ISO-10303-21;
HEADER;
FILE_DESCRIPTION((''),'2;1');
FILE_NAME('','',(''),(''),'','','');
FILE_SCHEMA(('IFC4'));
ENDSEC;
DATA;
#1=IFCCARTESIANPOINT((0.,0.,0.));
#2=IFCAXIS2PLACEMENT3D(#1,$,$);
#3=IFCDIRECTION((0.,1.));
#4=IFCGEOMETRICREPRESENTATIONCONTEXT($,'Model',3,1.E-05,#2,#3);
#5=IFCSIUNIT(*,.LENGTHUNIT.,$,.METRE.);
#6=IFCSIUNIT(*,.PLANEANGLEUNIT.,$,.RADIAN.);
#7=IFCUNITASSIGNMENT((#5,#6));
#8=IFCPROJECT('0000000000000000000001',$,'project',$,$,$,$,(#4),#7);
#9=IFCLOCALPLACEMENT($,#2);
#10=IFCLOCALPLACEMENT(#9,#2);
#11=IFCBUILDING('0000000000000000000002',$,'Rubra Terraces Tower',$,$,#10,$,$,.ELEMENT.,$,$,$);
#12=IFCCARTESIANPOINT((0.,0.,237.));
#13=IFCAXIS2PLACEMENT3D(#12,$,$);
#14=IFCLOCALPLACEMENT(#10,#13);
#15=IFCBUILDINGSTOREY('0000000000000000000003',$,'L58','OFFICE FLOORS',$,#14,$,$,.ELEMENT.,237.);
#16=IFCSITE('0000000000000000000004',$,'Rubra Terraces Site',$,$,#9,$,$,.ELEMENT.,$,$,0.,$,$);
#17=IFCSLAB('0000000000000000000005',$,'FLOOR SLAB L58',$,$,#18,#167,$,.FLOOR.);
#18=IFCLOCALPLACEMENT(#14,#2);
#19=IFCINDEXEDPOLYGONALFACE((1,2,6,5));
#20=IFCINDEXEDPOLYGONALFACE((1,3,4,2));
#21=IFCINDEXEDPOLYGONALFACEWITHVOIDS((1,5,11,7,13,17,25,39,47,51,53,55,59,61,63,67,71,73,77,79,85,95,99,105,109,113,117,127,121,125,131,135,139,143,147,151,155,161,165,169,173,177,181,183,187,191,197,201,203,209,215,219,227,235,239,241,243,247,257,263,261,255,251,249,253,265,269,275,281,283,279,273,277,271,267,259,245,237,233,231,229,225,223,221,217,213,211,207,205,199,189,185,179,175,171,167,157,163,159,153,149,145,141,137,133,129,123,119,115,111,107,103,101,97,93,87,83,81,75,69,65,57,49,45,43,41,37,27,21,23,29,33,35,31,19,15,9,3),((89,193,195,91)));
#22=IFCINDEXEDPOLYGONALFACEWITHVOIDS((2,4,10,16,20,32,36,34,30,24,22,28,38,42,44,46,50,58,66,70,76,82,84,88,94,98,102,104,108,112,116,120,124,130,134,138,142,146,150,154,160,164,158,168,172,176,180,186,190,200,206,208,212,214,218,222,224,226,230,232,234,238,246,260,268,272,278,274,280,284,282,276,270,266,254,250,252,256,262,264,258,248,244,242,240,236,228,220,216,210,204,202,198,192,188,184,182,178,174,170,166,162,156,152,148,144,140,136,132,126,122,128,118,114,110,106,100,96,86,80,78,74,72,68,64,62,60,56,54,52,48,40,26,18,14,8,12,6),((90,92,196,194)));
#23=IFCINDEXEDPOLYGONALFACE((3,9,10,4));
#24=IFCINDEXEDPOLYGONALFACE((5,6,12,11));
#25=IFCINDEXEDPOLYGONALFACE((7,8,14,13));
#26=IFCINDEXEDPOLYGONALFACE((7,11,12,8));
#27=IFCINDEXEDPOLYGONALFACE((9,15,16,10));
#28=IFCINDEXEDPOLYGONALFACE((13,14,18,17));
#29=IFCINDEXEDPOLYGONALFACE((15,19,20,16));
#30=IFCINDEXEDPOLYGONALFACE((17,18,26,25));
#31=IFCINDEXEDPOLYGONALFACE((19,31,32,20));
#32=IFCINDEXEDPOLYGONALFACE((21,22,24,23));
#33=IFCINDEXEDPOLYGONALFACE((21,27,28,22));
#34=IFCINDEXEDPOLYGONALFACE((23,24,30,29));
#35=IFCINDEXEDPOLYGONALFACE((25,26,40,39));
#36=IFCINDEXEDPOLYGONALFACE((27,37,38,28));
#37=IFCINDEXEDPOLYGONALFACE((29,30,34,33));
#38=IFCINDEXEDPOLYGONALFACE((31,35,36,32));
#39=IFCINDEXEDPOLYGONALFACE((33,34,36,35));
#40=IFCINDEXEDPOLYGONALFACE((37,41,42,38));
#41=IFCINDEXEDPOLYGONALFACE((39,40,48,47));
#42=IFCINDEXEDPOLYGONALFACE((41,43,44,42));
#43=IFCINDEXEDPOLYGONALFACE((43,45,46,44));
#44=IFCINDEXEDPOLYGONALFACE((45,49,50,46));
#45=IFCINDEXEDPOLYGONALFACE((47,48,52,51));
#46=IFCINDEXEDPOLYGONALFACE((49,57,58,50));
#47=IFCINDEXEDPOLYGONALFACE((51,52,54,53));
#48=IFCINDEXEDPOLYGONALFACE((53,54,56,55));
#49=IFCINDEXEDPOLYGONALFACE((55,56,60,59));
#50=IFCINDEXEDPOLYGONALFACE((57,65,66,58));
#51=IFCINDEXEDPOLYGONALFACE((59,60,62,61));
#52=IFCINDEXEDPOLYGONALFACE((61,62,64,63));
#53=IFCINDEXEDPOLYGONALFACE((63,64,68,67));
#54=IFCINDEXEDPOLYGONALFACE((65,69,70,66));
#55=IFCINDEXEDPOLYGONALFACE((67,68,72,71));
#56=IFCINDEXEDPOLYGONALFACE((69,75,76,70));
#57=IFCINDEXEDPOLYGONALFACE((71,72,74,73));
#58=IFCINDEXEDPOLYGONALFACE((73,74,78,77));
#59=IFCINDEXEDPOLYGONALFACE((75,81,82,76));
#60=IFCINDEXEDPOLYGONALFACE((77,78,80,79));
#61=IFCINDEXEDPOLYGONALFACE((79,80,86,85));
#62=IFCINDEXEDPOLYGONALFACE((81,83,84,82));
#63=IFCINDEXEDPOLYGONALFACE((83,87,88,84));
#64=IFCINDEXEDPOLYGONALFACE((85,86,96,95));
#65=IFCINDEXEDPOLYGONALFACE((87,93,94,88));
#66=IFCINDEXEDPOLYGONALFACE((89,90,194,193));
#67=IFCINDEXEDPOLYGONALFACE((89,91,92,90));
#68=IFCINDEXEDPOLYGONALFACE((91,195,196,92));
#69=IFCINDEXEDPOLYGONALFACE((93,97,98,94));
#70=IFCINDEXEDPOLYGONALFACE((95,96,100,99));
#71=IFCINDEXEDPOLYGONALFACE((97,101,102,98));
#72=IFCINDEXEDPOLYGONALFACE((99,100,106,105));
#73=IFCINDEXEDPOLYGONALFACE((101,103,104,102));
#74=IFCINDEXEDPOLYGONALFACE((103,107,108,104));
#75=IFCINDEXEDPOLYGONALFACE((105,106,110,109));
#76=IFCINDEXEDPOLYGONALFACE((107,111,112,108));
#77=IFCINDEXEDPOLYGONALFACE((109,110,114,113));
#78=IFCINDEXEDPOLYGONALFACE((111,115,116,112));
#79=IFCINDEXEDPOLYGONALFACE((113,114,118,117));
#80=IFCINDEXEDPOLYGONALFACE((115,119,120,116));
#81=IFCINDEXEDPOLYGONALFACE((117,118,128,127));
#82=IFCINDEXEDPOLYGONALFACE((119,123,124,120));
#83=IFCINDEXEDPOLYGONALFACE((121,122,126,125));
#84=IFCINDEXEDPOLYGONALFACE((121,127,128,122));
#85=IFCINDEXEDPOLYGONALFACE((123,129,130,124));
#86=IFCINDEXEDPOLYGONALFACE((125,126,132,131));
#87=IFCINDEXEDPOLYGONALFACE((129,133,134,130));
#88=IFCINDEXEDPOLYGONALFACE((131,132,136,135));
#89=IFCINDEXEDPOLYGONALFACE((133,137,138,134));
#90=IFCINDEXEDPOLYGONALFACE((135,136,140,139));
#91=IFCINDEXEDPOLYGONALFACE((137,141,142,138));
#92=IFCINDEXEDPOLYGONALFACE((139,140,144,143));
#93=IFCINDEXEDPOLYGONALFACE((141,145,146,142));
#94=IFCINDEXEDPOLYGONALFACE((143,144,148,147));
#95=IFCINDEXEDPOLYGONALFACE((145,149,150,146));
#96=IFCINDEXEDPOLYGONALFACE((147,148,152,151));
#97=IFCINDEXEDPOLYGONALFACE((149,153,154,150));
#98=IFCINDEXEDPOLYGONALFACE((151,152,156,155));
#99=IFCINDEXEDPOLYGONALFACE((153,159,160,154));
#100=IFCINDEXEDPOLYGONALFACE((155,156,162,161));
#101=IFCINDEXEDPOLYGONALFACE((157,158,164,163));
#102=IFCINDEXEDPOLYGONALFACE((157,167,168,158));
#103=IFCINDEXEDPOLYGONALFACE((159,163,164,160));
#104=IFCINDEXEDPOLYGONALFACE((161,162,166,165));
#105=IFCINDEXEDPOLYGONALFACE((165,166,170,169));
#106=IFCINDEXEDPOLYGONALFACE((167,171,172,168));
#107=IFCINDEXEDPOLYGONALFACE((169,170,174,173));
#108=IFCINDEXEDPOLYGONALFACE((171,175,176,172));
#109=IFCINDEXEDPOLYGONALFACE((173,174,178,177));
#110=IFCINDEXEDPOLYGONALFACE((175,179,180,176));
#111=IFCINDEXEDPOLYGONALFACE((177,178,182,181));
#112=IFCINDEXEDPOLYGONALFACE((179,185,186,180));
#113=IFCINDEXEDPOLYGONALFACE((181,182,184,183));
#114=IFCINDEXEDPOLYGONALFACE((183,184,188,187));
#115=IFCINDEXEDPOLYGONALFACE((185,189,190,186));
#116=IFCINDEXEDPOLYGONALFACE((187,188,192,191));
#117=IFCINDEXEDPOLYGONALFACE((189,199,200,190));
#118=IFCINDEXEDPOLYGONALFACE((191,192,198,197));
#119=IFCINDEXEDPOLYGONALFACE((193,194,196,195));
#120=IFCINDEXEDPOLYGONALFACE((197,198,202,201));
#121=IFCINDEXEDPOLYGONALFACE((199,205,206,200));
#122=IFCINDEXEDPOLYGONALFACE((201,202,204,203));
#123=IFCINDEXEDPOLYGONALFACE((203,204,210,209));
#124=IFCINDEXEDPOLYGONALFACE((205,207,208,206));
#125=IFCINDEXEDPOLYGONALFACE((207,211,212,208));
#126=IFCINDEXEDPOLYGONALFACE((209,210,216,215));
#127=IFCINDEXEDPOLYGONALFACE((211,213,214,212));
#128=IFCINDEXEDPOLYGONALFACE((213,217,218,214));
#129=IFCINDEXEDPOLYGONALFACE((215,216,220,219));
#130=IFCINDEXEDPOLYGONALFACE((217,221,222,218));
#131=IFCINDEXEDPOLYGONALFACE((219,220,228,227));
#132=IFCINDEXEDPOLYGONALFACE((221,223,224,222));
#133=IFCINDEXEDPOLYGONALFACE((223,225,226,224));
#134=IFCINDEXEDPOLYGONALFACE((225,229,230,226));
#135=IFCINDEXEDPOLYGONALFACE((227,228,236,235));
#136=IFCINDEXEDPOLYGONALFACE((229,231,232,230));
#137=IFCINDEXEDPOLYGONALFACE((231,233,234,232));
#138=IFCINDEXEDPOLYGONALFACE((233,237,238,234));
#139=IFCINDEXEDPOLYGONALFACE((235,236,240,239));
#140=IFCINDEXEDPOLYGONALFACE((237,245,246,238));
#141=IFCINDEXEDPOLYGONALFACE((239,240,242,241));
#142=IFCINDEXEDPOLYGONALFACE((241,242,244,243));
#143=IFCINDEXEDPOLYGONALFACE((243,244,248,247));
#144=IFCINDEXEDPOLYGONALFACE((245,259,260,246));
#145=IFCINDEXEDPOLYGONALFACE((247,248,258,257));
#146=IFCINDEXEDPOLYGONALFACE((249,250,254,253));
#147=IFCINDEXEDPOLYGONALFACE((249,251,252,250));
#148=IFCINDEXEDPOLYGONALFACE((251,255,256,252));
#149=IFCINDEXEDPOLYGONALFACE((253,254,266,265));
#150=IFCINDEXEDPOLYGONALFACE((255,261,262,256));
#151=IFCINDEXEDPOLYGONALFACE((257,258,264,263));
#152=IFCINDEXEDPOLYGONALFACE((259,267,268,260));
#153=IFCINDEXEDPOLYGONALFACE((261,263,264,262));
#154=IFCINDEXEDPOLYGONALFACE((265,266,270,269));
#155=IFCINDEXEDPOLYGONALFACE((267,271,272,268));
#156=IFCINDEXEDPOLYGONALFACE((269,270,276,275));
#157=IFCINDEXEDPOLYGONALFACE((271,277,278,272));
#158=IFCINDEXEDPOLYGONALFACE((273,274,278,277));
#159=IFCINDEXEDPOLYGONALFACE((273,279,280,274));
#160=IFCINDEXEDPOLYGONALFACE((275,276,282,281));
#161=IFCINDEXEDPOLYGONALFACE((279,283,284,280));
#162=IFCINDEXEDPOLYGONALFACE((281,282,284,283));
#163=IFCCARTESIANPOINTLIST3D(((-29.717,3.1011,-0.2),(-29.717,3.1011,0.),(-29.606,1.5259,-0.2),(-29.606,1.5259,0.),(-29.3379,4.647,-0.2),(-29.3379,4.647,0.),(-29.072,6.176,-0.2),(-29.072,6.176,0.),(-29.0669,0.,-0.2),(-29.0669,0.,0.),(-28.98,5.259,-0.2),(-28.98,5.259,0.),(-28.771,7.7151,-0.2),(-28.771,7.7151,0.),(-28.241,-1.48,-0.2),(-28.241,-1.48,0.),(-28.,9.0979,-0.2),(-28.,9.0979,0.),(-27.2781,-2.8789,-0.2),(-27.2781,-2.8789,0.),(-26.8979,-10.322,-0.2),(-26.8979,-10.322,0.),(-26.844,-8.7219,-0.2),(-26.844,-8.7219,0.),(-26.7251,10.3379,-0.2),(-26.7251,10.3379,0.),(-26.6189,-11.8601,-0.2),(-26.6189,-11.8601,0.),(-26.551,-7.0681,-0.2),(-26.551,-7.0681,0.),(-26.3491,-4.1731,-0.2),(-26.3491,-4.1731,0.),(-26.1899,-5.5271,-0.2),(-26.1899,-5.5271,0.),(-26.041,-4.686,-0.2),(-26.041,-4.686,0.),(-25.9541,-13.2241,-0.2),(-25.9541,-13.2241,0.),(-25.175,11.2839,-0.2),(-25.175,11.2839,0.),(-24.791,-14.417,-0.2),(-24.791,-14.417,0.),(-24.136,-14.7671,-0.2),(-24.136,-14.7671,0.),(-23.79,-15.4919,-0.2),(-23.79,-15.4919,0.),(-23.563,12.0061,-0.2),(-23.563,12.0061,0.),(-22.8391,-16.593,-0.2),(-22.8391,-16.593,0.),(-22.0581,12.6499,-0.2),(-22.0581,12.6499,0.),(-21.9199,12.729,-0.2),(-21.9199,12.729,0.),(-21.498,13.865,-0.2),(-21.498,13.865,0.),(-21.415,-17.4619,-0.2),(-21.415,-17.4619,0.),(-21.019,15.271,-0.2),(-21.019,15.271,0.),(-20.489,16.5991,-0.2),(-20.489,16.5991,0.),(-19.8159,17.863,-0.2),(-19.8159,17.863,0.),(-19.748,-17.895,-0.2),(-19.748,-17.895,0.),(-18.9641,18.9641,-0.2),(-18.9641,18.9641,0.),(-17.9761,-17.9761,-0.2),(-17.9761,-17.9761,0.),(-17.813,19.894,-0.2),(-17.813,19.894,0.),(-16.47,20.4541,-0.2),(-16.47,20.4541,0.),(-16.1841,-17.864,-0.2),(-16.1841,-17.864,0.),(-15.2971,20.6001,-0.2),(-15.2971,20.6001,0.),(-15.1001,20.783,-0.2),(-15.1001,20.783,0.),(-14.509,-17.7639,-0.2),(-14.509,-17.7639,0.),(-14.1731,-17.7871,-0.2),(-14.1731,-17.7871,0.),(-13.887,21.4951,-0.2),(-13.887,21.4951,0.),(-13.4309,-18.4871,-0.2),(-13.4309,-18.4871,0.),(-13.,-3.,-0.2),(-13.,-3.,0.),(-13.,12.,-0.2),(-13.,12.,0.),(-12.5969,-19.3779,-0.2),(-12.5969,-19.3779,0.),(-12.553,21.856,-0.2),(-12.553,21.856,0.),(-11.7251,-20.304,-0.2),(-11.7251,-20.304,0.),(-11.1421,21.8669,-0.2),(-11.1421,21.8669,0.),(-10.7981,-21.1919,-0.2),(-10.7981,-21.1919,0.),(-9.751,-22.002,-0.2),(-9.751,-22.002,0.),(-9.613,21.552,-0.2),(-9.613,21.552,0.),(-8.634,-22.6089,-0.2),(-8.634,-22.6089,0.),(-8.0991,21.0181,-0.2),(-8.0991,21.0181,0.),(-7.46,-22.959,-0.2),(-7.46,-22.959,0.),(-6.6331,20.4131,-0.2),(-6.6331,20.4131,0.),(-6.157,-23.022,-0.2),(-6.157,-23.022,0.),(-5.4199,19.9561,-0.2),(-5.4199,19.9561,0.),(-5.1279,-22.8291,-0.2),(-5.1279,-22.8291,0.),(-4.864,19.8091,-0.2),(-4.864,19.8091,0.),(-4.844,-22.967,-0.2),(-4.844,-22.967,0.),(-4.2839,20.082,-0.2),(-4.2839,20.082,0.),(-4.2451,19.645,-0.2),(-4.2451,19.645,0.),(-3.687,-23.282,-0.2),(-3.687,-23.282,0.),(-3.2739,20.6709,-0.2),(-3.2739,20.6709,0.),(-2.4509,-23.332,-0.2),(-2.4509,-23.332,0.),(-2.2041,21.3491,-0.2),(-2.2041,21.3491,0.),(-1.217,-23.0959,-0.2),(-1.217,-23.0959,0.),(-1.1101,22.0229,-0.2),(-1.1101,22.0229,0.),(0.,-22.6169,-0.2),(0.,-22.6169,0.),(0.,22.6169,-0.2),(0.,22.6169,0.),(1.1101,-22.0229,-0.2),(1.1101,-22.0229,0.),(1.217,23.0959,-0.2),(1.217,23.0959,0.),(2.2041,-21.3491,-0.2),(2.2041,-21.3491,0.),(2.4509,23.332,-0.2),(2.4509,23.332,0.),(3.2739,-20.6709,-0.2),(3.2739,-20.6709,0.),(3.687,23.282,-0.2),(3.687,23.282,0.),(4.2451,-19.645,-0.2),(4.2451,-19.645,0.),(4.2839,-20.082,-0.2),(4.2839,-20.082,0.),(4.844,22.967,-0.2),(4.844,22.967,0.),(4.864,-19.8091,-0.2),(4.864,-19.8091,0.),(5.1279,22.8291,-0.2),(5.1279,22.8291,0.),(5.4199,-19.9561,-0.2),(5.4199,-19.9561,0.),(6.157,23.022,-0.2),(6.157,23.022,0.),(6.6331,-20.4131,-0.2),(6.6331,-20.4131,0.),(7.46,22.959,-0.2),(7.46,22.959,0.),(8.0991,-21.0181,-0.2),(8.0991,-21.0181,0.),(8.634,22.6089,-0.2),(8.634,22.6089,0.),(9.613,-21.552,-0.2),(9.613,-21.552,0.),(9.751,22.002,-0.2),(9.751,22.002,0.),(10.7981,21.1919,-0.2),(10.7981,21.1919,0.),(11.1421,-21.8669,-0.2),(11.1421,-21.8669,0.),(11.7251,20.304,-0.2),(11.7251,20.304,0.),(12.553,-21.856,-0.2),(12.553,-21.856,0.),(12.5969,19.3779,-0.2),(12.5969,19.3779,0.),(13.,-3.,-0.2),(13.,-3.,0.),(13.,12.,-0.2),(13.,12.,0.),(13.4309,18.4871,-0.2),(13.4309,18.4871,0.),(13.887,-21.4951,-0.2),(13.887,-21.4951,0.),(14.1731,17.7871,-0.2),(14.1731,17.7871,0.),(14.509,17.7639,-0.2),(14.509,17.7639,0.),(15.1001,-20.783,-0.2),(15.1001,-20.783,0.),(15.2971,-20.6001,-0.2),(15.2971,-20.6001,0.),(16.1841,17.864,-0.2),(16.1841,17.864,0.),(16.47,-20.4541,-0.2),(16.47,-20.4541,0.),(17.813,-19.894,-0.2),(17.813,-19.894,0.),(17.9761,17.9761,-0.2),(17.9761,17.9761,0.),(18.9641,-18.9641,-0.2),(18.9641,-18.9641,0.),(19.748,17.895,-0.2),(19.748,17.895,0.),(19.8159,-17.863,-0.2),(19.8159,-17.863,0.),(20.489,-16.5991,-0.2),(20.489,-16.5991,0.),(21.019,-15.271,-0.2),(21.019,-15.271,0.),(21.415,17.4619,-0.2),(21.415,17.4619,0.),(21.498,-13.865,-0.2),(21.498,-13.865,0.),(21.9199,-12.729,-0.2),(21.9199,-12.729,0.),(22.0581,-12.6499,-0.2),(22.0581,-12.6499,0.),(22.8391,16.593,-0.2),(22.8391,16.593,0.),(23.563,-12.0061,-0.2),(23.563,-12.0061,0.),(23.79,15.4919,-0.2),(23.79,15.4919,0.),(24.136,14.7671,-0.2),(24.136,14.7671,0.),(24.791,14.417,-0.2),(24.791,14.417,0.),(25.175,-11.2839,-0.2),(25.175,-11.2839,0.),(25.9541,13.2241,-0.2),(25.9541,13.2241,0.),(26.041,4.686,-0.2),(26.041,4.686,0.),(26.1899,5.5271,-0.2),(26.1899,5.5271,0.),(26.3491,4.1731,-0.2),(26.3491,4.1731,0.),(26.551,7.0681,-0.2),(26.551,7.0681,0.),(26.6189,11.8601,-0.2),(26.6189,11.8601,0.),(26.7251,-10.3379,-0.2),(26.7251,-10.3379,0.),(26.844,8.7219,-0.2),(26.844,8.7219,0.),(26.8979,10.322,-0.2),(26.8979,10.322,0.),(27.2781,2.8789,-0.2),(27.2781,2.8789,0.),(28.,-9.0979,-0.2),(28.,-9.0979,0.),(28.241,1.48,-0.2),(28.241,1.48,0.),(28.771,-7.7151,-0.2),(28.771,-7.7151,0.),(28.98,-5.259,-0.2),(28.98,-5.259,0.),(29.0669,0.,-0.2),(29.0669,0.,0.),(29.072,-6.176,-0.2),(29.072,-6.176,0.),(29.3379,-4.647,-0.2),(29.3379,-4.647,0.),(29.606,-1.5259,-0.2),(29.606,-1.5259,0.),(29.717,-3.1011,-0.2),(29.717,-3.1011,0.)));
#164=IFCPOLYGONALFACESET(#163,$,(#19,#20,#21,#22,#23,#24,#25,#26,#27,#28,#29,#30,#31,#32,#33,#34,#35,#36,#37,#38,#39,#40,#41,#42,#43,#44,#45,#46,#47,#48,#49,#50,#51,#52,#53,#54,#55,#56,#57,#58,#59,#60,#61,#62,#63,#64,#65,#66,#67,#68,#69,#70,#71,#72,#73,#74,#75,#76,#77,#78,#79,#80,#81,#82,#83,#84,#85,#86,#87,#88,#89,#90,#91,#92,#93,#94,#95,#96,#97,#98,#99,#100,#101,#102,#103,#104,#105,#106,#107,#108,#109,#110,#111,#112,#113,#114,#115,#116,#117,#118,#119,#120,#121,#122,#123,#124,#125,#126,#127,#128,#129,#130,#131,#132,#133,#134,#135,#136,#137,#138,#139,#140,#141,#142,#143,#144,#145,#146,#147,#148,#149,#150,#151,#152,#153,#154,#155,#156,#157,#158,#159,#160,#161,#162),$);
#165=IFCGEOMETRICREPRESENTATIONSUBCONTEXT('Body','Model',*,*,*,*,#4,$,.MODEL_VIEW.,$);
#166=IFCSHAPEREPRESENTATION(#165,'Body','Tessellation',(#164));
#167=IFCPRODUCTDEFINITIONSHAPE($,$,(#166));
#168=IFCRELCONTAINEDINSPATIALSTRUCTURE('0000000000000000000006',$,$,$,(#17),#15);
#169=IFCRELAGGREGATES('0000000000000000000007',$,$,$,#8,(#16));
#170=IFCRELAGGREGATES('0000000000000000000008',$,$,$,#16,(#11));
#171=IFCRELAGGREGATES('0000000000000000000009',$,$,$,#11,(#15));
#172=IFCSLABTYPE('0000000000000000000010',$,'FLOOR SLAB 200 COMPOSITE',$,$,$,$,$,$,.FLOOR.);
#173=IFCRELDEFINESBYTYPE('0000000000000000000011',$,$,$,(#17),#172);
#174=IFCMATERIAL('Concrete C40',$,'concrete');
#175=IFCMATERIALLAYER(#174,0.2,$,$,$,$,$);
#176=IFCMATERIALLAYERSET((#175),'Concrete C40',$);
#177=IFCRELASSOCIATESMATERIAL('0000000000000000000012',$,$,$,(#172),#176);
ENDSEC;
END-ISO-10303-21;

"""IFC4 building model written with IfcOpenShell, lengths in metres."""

from ifc_helpers import new_model, si_unit, direction, frame, origin, place, context, subcontext, project, spatial, polyline, outline, extrude, material, layer, layer_set, type_object, element, save


model = new_model("IFC4")

# Units and contexts
model_context = context("Model", 3, precision=1e-05, world=origin(), true_north=direction((0.0, 1.0)))
body_context = subcontext(model_context, "Body", "Model", "MODEL_VIEW")
ifc_project = project(units=[si_unit("LENGTHUNIT", "METRE"), si_unit("PLANEANGLEUNIT", "RADIAN")], contexts=[model_context])

# Site, building, storey
site_placement = place(None, origin())
site = spatial("IfcSite", under=ifc_project, at=site_placement, Name="Rubra Terraces Site", CompositionType="ELEMENT", RefElevation=0.0)
building_placement = place(site_placement, origin())
building = spatial("IfcBuilding", under=site, at=building_placement, Name="Rubra Terraces Tower", CompositionType="ELEMENT")
storey_placement = place(building_placement, frame((0.0, 0.0, 237.0)))
storey = spatial("IfcBuildingStorey", under=building, at=storey_placement, Name="L58", Description="OFFICE FLOORS", CompositionType="ELEMENT", Elevation=237.0)

# Shared definitions
ifc_material_1 = material(Name="Concrete C40", Category="concrete")

# Slab
ifc_layer_1 = layer(ifc_material_1, 0.2)
ifc_layer_set_1 = layer_set([ifc_layer_1], Name="Concrete C40")
slab_type_1 = type_object("IfcSlabType", Name="FLOOR SLAB 200 COMPOSITE", PredefinedType="FLOOR", material=ifc_layer_set_1)
slab_1_placement = place(storey_placement, frame((0.0, 0.0, -0.2)))
element("IfcSlab", 1, at=slab_1_placement, inside=storey, type_object=slab_type_1, Name="FLOOR SLAB L58", PredefinedType="FLOOR", context=body_context, shape_type="SweptSolid", body=[
    extrude(outline(polyline([(15.1001, -20.783), (15.2971, -20.6001), (16.47, -20.4541), (17.813, -19.894), (18.9641, -18.9641), (19.8159, -17.863), (20.489, -16.5991), (21.019, -15.271), (21.498, -13.865), (21.9199, -12.729), (22.0581, -12.6499), (23.563, -12.0061), (25.175, -11.2839), (26.7251, -10.3379), (28.0, -9.0979), (28.771, -7.7151), (29.072, -6.176), (28.98, -5.259), (29.3379, -4.647), (29.717, -3.1011), (29.606, -1.5259), (29.0669, 0.0), (28.241, 1.48), (27.2781, 2.8789), (26.3491, 4.1731), (26.041, 4.686), (26.1899, 5.5271), (26.551, 7.0681), (26.844, 8.7219), (26.8979, 10.322), (26.6189, 11.8601), (25.9541, 13.2241), (24.791, 14.417), (24.136, 14.7671), (23.79, 15.4919), (22.8391, 16.593), (21.415, 17.4619), (19.748, 17.895), (17.9761, 17.9761), (16.1841, 17.864), (14.509, 17.7639), (14.1731, 17.7871), (13.4309, 18.4871), (12.5969, 19.3779), (11.7251, 20.304), (10.7981, 21.1919), (9.751, 22.002), (8.634, 22.6089), (7.46, 22.959), (6.157, 23.022), (5.1279, 22.8291), (4.844, 22.967), (3.687, 23.282), (2.4509, 23.332), (1.217, 23.0959), (0.0, 22.6169), (-1.1101, 22.0229), (-2.2041, 21.3491), (-3.2739, 20.6709), (-4.2839, 20.082), (-4.864, 19.8091), (-4.2451, 19.645), (-5.4199, 19.9561), (-6.6331, 20.4131), (-8.0991, 21.0181), (-9.613, 21.552), (-11.1421, 21.8669), (-12.553, 21.856), (-13.887, 21.4951), (-15.1001, 20.783), (-15.2971, 20.6001), (-16.47, 20.4541), (-17.813, 19.894), (-18.9641, 18.9641), (-19.8159, 17.863), (-20.489, 16.5991), (-21.019, 15.271), (-21.498, 13.865), (-21.9199, 12.729), (-22.0581, 12.6499), (-23.563, 12.0061), (-25.175, 11.2839), (-26.7251, 10.3379), (-28.0, 9.0979), (-28.771, 7.7151), (-29.072, 6.176), (-28.98, 5.259), (-29.3379, 4.647), (-29.717, 3.1011), (-29.606, 1.5259), (-29.0669, 0.0), (-28.241, -1.48), (-27.2781, -2.8789), (-26.3491, -4.1731), (-26.041, -4.686), (-26.1899, -5.5271), (-26.551, -7.0681), (-26.844, -8.7219), (-26.8979, -10.322), (-26.6189, -11.8601), (-25.9541, -13.2241), (-24.791, -14.417), (-24.136, -14.7671), (-23.79, -15.4919), (-22.8391, -16.593), (-21.415, -17.4619), (-19.748, -17.895), (-17.9761, -17.9761), (-16.1841, -17.864), (-14.509, -17.7639), (-14.1731, -17.7871), (-13.4309, -18.4871), (-12.5969, -19.3779), (-11.7251, -20.304), (-10.7981, -21.1919), (-9.751, -22.002), (-8.634, -22.6089), (-7.46, -22.959), (-6.157, -23.022), (-5.1279, -22.8291), (-4.844, -22.967), (-3.687, -23.282), (-2.4509, -23.332), (-1.217, -23.0959), (0.0, -22.6169), (1.1101, -22.0229), (2.2041, -21.3491), (3.2739, -20.6709), (4.2839, -20.082), (4.864, -19.8091), (4.2451, -19.645), (5.4199, -19.9561), (6.6331, -20.4131), (8.0991, -21.0181), (9.613, -21.552), (11.1421, -21.8669), (12.553, -21.856), (13.887, -21.4951), (15.1001, -20.783)]), holes=[polyline([(13.0, 12.0), (13.0, -3.0), (-13.0, -3.0), (-13.0, 12.0), (13.0, 12.0)])]), origin(), (0.0, 0.0, 1.0), 0.2),
])

save(model, "model.ifc")
